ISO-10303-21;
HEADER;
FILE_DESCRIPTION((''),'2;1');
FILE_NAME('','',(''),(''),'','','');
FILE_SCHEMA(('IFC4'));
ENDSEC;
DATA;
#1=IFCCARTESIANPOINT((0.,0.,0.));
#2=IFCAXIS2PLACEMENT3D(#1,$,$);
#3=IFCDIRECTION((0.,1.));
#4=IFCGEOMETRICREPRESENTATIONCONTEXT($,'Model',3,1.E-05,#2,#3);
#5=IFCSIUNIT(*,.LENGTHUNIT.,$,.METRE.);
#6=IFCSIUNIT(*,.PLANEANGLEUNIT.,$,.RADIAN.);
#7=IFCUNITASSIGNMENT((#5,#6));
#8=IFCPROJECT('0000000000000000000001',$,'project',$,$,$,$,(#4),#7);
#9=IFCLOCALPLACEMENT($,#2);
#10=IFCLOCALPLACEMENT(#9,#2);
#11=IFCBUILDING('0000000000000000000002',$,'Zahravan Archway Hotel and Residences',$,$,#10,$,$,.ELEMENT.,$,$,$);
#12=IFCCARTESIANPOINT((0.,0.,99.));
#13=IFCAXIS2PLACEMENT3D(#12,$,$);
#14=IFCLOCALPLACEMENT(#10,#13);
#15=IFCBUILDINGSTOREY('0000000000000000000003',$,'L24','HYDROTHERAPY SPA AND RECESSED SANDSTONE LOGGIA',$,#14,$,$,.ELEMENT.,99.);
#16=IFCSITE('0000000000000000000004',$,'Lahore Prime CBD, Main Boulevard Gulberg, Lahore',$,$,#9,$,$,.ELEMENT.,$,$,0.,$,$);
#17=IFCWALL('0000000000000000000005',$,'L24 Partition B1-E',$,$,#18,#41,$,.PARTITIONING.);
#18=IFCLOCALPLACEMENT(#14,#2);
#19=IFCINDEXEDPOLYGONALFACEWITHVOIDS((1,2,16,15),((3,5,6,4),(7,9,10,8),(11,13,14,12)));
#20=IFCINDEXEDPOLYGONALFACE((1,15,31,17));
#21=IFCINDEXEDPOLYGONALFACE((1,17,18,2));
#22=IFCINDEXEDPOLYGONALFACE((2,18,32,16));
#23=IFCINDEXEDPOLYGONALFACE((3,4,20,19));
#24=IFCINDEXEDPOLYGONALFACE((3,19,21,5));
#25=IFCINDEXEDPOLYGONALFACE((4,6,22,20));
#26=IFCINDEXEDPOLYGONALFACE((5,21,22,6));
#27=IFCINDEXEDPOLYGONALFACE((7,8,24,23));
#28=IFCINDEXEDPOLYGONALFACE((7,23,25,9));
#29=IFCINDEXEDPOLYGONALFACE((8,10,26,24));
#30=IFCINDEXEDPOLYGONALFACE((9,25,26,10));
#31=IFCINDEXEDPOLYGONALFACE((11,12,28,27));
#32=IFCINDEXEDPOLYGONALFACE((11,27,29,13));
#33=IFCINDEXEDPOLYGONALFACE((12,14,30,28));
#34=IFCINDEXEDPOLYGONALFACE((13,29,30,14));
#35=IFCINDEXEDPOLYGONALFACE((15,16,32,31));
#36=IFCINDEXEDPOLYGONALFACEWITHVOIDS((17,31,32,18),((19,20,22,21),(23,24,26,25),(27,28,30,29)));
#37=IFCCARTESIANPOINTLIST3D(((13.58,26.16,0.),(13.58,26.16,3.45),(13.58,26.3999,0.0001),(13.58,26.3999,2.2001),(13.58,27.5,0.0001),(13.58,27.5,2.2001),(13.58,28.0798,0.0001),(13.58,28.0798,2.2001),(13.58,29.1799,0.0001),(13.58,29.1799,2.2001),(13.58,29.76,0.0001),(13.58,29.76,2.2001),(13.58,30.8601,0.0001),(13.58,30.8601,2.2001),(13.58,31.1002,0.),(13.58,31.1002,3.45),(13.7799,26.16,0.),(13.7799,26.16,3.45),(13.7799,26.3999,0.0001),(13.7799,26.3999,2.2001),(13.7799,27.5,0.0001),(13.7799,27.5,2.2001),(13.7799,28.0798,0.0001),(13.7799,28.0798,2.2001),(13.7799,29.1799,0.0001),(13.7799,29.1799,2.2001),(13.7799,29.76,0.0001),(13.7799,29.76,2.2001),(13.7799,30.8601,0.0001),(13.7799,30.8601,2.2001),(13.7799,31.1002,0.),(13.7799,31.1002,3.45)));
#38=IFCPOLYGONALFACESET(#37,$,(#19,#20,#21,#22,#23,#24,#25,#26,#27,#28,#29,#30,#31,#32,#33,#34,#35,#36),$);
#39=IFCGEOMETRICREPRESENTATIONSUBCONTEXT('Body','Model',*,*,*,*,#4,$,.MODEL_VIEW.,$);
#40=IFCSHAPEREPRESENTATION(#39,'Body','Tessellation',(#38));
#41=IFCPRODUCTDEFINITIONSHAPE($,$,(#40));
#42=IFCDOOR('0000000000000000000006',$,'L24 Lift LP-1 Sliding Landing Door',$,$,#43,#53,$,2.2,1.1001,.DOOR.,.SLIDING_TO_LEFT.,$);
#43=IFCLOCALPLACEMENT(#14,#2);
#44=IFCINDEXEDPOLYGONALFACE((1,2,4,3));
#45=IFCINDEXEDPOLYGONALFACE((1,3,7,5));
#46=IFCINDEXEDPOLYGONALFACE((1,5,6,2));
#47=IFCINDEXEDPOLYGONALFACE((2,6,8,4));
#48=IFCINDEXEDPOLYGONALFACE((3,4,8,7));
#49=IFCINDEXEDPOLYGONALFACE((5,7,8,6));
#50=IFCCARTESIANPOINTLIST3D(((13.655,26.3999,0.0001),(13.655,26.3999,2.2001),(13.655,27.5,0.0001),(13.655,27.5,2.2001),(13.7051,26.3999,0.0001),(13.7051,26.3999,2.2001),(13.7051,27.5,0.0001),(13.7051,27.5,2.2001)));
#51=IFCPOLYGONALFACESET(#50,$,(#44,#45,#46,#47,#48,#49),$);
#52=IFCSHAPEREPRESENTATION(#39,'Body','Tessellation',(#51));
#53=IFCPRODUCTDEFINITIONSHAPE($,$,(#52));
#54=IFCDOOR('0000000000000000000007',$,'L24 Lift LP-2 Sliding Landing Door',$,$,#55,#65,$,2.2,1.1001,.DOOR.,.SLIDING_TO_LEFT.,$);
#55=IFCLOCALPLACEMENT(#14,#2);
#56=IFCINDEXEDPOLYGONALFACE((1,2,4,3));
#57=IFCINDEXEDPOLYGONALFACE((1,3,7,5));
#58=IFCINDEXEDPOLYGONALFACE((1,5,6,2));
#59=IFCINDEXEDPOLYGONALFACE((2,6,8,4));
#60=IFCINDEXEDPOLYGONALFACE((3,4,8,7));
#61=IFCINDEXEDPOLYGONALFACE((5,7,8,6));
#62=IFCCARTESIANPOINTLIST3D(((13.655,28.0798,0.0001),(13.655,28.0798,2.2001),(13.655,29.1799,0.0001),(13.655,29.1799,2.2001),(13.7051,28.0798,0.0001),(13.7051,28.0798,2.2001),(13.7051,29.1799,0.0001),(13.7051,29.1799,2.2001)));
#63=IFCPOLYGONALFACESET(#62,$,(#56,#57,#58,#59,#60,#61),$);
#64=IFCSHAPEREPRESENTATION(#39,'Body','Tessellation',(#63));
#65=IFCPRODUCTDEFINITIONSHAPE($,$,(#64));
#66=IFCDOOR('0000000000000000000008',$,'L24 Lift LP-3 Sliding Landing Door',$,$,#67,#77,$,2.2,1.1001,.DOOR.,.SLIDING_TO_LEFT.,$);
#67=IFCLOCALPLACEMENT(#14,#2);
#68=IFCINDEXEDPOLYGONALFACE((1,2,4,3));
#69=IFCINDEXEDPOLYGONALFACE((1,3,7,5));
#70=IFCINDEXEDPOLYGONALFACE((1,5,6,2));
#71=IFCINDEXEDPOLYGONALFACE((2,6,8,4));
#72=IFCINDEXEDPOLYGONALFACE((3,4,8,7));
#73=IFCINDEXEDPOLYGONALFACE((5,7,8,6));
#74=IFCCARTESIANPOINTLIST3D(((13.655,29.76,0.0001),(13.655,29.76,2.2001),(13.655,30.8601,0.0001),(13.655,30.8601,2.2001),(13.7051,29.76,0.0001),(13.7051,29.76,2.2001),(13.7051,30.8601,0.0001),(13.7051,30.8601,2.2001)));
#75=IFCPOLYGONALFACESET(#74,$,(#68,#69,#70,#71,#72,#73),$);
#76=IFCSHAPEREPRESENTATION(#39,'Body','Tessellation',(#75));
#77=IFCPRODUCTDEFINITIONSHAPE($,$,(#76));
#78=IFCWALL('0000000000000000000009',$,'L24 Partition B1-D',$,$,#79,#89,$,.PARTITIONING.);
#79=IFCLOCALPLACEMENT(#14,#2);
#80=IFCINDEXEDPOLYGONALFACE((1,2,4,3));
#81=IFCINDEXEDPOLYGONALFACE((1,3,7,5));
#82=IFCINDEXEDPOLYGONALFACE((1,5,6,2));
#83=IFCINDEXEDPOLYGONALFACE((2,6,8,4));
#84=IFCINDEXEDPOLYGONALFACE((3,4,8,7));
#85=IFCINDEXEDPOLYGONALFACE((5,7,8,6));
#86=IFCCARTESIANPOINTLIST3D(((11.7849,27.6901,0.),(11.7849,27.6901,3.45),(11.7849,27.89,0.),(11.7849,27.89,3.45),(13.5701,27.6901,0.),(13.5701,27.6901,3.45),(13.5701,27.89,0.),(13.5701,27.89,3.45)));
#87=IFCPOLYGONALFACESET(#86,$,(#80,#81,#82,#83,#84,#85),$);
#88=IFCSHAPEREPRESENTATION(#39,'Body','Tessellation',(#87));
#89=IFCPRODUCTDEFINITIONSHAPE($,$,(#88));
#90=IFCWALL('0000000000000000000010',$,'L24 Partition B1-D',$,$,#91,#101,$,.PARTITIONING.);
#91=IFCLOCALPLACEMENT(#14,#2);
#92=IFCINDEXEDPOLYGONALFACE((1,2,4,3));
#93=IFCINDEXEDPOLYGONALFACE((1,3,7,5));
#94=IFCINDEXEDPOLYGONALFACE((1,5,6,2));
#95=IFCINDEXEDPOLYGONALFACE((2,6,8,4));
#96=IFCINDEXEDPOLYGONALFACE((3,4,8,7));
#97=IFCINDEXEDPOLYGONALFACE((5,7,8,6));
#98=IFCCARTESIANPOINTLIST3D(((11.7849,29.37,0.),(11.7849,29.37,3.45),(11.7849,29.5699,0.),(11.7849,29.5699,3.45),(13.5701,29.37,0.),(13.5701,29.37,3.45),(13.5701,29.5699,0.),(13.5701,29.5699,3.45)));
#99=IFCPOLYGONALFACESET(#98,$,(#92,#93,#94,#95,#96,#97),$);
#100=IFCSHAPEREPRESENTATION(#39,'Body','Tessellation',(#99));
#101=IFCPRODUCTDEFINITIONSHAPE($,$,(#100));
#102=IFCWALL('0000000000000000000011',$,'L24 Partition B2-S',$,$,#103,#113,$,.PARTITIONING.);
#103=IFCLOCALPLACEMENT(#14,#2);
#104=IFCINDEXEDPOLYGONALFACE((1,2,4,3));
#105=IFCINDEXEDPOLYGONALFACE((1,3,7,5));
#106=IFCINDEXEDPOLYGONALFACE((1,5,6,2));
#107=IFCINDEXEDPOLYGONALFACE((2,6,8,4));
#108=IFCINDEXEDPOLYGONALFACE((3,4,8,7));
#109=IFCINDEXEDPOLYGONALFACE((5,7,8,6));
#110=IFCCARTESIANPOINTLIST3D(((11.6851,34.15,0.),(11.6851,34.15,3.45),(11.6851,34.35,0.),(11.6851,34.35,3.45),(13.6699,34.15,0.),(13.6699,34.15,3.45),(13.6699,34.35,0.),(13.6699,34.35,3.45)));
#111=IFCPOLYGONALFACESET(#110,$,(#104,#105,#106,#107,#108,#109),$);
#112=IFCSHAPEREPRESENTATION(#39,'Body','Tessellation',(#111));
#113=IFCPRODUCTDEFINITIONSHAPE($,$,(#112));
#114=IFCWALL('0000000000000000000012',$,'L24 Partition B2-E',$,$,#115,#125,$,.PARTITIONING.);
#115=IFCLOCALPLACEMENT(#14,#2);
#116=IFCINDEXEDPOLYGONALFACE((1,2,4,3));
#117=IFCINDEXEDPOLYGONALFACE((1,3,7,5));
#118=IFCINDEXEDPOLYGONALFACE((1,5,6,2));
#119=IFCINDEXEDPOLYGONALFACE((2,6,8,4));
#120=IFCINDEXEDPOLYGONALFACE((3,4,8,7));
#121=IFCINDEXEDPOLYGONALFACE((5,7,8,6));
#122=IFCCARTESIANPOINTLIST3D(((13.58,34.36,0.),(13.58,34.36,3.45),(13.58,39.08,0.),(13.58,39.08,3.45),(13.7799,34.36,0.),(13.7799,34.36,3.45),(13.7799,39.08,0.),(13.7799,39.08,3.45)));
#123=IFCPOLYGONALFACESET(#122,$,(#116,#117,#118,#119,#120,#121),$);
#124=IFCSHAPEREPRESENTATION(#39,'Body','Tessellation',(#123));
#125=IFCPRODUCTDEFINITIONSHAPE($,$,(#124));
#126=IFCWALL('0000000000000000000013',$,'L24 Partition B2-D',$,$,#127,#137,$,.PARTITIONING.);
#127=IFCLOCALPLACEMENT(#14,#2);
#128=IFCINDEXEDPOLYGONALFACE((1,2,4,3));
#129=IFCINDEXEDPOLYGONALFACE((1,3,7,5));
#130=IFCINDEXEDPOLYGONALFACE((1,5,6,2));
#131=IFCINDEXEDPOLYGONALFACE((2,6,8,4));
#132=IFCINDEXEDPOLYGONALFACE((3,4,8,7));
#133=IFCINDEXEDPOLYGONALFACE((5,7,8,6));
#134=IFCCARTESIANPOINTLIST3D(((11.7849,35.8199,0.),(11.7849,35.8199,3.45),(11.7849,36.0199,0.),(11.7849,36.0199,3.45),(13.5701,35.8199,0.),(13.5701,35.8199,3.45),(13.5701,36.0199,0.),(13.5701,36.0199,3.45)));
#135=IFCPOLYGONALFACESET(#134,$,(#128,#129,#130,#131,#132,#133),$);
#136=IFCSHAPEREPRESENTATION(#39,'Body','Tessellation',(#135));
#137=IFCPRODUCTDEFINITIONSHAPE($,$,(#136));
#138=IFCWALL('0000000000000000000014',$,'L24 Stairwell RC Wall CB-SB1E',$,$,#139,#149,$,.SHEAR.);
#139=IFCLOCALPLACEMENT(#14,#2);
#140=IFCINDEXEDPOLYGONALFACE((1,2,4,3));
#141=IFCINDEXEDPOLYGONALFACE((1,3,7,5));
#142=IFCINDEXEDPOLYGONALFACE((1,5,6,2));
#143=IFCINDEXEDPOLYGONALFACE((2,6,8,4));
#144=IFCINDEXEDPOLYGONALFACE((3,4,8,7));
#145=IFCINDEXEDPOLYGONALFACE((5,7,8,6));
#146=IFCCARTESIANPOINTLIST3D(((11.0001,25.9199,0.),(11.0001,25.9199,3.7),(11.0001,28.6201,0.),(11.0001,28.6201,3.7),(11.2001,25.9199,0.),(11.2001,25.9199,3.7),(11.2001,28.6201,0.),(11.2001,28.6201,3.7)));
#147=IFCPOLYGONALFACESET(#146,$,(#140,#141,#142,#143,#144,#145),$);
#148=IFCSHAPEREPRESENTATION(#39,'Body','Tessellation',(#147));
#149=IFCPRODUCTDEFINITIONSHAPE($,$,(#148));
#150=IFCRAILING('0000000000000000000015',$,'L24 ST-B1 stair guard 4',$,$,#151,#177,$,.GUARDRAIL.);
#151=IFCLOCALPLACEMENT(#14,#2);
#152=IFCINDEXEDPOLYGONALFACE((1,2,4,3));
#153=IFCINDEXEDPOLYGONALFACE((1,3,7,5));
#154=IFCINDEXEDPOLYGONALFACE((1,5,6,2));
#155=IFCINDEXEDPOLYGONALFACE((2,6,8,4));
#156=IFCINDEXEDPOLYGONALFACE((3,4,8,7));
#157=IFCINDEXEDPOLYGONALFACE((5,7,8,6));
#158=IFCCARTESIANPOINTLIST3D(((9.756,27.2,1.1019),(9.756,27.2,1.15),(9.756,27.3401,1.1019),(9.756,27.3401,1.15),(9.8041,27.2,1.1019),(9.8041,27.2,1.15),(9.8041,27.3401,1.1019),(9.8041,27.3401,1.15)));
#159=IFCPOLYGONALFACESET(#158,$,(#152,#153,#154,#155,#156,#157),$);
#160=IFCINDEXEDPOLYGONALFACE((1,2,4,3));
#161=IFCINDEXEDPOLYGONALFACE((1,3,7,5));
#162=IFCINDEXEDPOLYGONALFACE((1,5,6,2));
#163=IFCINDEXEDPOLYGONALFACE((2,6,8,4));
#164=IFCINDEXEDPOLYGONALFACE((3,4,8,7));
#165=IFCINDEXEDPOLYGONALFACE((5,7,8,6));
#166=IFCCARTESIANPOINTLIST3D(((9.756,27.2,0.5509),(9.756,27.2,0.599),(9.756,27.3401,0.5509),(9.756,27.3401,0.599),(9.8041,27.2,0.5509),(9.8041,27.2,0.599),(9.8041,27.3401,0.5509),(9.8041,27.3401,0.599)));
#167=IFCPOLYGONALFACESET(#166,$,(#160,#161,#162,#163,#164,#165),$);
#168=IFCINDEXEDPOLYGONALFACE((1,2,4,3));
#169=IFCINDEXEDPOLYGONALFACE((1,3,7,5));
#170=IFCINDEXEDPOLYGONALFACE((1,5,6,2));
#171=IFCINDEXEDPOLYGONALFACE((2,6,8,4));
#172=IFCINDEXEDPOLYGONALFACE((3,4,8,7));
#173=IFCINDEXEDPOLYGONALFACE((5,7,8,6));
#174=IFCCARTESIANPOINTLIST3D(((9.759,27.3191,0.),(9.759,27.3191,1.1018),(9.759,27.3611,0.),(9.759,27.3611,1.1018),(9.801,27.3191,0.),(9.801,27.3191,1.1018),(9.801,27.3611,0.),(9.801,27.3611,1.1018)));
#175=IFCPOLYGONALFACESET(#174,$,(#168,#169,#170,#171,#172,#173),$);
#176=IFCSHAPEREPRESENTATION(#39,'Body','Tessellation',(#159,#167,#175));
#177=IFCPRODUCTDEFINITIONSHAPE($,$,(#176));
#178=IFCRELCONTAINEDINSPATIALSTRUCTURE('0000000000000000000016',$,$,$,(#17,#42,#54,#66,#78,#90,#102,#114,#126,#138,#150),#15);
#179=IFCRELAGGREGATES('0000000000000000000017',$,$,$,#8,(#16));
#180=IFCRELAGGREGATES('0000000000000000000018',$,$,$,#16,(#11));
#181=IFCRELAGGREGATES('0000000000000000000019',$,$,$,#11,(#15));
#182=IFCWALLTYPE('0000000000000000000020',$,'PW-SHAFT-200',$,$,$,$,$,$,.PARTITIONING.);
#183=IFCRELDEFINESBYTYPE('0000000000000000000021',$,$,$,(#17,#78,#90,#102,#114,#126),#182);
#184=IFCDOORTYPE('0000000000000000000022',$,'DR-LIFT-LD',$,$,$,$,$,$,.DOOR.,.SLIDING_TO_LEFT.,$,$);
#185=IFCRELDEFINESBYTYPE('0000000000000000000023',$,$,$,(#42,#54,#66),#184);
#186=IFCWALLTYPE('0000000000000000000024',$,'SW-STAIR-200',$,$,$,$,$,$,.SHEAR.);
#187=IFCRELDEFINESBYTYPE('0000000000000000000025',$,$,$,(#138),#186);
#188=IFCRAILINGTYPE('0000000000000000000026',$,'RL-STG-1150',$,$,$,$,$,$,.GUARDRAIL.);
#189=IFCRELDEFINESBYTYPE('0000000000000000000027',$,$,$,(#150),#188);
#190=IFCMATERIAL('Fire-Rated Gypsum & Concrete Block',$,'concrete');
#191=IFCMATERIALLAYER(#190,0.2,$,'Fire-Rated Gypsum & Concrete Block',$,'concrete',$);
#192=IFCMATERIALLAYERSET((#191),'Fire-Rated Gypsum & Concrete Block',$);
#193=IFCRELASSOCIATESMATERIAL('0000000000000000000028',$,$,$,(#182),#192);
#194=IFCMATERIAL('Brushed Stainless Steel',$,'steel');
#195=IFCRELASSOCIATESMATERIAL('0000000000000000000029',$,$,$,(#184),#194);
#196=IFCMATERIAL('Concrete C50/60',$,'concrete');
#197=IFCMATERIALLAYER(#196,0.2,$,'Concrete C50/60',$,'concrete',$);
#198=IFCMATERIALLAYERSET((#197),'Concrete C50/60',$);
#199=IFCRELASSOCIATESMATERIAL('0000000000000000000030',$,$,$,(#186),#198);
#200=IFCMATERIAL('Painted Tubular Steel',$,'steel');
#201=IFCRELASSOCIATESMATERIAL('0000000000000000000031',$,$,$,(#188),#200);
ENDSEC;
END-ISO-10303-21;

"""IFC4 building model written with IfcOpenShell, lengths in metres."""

from ifc_helpers import new_model, si_unit, direction, frame, frame_2d, origin, origin_2d, place, context, subcontext, project, spatial, rectangle, extrude, source, transform, mapped, material, layer, layer_set, type_object, type_shapes, element, fill, save


model = new_model("IFC4")

# Units and contexts
model_context = context("Model", 3, precision=1e-05, world=origin(), true_north=direction((0.0, 1.0)))
body_context = subcontext(model_context, "Body", "Model", "MODEL_VIEW")
ifc_project = project(units=[si_unit("LENGTHUNIT", "METRE"), si_unit("PLANEANGLEUNIT", "RADIAN")], contexts=[model_context])

# Site, building, storey
site_placement = place(None, origin())
site = spatial("IfcSite", under=ifc_project, at=site_placement, Name="Lahore Prime CBD, Main Boulevard Gulberg, Lahore", CompositionType="ELEMENT", RefElevation=0.0)
building_placement = place(site_placement, origin())
building = spatial("IfcBuilding", under=site, at=building_placement, Name="Zahravan Archway Hotel and Residences", CompositionType="ELEMENT")
storey_placement = place(building_placement, frame((0.0, 0.0, 99.0)))
storey = spatial("IfcBuildingStorey", under=building, at=storey_placement, Name="L24", Description="HYDROTHERAPY SPA AND RECESSED SANDSTONE LOGGIA", CompositionType="ELEMENT", Elevation=99.0)

# Shared definitions
ifc_material_1 = material(Name="Fire-Rated Gypsum & Concrete Block", Category="concrete")
ifc_layer_1 = layer(ifc_material_1, 0.2, Name="Fire-Rated Gypsum & Concrete Block", Category="concrete")
ifc_layer_set_1 = layer_set([ifc_layer_1], Name="Fire-Rated Gypsum & Concrete Block")
wall_type_1 = type_object("IfcWallType", Name="PW-SHAFT-200", PredefinedType="PARTITIONING", material=ifc_layer_set_1)

# Wall, openings, doors
wall_1_placement = place(storey_placement, frame((13.6799, 26.1599, 0.0), z_axis=(0.0, 0.0, 1.0), x_axis=(0.0, 1.0, 0.0)))
wall_1 = element("IfcWall", 1, at=wall_1_placement, inside=storey, type_object=wall_type_1, Name="L24 Partition B1-E", PredefinedType="PARTITIONING", context=body_context, shape_type="SweptSolid", body=[
    extrude(rectangle(XDim=4.9402, YDim=0.2, at=frame_2d((2.4702, 0.0))), origin(), (0.0, 0.0, 1.0), 3.45),
])
opening_1_placement = place(wall_1_placement, frame((0.24, 0.0, 0.0)))
opening_1 = element("IfcOpeningElement", 2, at=opening_1_placement, cuts=wall_1, PredefinedType="OPENING", context=body_context, shape_type="SweptSolid", body=[
    extrude(rectangle(XDim=1.1001, YDim=2.2, at=frame_2d((0.55, 1.1001))), frame((0.0, 0.1099, 0.0), z_axis=(0.0, -1.0, 0.0), x_axis=(1.0, 0.0, 0.0)), (0.0, 0.0, 1.0), 0.22),
])
opening_2_placement = place(wall_1_placement, frame((1.9199, 0.0, 0.0)))
opening_2 = element("IfcOpeningElement", 3, at=opening_2_placement, cuts=wall_1, PredefinedType="OPENING", context=body_context, shape_type="SweptSolid", body=[
    extrude(rectangle(XDim=1.1001, YDim=2.2, at=frame_2d((0.55, 1.1001))), frame((0.0, 0.1099, 0.0), z_axis=(0.0, -1.0, 0.0), x_axis=(1.0, 0.0, 0.0)), (0.0, 0.0, 1.0), 0.22),
])
opening_3_placement = place(wall_1_placement, frame((3.6001, 0.0, 0.0)))
opening_3 = element("IfcOpeningElement", 4, at=opening_3_placement, cuts=wall_1, PredefinedType="OPENING", context=body_context, shape_type="SweptSolid", body=[
    extrude(rectangle(XDim=1.1001, YDim=2.2, at=frame_2d((0.55, 1.1001))), frame((0.0, 0.1099, 0.0), z_axis=(0.0, -1.0, 0.0), x_axis=(1.0, 0.0, 0.0)), (0.0, 0.0, 1.0), 0.22),
])
ifc_material_2 = material(Name="Brushed Stainless Steel", Category="steel")
door_type_1 = type_object("IfcDoorType", Name="DR-LIFT-LD", OperationType="SLIDING_TO_LEFT", PredefinedType="DOOR", material=ifc_material_2)
shared_shape_1 = source(origin(), body_context, "Body", "SweptSolid", [
    extrude(rectangle(XDim=1.1001, YDim=2.2, at=frame_2d((0.55, 1.1001))), frame((0.0, 0.0249, 0.0), z_axis=(0.0, -1.0, 0.0), x_axis=(1.0, 0.0, 0.0)), (0.0, 0.0, 1.0), 0.05),
])
type_shapes(door_type_1, [shared_shape_1])
door_1_placement = place(opening_1_placement, origin())
door_1 = element("IfcDoor", 5, at=door_1_placement, inside=storey, type_object=door_type_1, Name="L24 Lift LP-1 Sliding Landing Door", OperationType="SLIDING_TO_LEFT", OverallHeight=2.2, OverallWidth=1.1001, PredefinedType="DOOR", context=body_context, shape_type="MappedRepresentation", body=[
    mapped(shared_shape_1, transform((0.0, 0.0, 0.0), scale=1.0)),
])
fill(opening_1, door_1)
door_2_placement = place(opening_2_placement, origin())
door_2 = element("IfcDoor", 6, at=door_2_placement, inside=storey, type_object=door_type_1, Name="L24 Lift LP-2 Sliding Landing Door", OperationType="SLIDING_TO_LEFT", OverallHeight=2.2, OverallWidth=1.1001, PredefinedType="DOOR", context=body_context, shape_type="MappedRepresentation", body=[
    mapped(shared_shape_1, transform((0.0, 0.0, 0.0), scale=1.0)),
])
fill(opening_2, door_2)
door_3_placement = place(opening_3_placement, origin())
door_3 = element("IfcDoor", 7, at=door_3_placement, inside=storey, type_object=door_type_1, Name="L24 Lift LP-3 Sliding Landing Door", OperationType="SLIDING_TO_LEFT", OverallHeight=2.2, OverallWidth=1.1001, PredefinedType="DOOR", context=body_context, shape_type="MappedRepresentation", body=[
    mapped(shared_shape_1, transform((0.0, 0.0, 0.0), scale=1.0)),
])
fill(opening_3, door_3)

# Walls
for number, where, z_axis, x_axis, name in (
    (8, (11.7849, 27.79, 0.0), (0.0, 0.0, 1.0), (1.0, 0.0, 0.0), "L24 Partition B1-D"),
    (9, (11.7849, 29.47, 0.0), (0.0, 0.0, 1.0), (1.0, 0.0, 0.0), "L24 Partition B1-D"),
):
    element("IfcWall", number, at=place(storey_placement, frame(where, z_axis=z_axis, x_axis=x_axis)), inside=storey, type_object=wall_type_1, Name=name, PredefinedType="PARTITIONING", context=body_context, shape_type="SweptSolid", body=[
        extrude(rectangle(XDim=1.7852, YDim=0.2, at=frame_2d((0.8926, 0.0))), origin(), (0.0, 0.0, 1.0), 3.45),
    ])
wall_2_placement = place(storey_placement, frame((11.6851, 34.25, 0.0), z_axis=(0.0, 0.0, 1.0), x_axis=(1.0, 0.0, 0.0)))
element("IfcWall", 10, at=wall_2_placement, inside=storey, type_object=wall_type_1, Name="L24 Partition B2-S", PredefinedType="PARTITIONING", context=body_context, shape_type="SweptSolid", body=[
    extrude(rectangle(XDim=1.9849, YDim=0.2, at=frame_2d((0.9924, 0.0))), origin(), (0.0, 0.0, 1.0), 3.45),
])
wall_3_placement = place(storey_placement, frame((13.6799, 34.3601, 0.0), z_axis=(0.0, 0.0, 1.0), x_axis=(0.0, 1.0, 0.0)))
element("IfcWall", 11, at=wall_3_placement, inside=storey, type_object=wall_type_1, Name="L24 Partition B2-E", PredefinedType="PARTITIONING", context=body_context, shape_type="SweptSolid", body=[
    extrude(rectangle(XDim=4.72, YDim=0.2, at=frame_2d((2.3599, 0.0))), origin(), (0.0, 0.0, 1.0), 3.45),
])
wall_4_placement = place(storey_placement, frame((11.7849, 35.9199, 0.0), z_axis=(0.0, 0.0, 1.0), x_axis=(1.0, 0.0, 0.0)))
element("IfcWall", 12, at=wall_4_placement, inside=storey, type_object=wall_type_1, Name="L24 Partition B2-D", PredefinedType="PARTITIONING", context=body_context, shape_type="SweptSolid", body=[
    extrude(rectangle(XDim=1.7852, YDim=0.2, at=frame_2d((0.8926, 0.0))), origin(), (0.0, 0.0, 1.0), 3.45),
])
ifc_material_3 = material(Name="Concrete C50/60", Category="concrete")
ifc_layer_2 = layer(ifc_material_3, 0.2, Name="Concrete C50/60", Category="concrete")
ifc_layer_set_2 = layer_set([ifc_layer_2], Name="Concrete C50/60")
wall_type_2 = type_object("IfcWallType", Name="SW-STAIR-200", PredefinedType="SHEAR", material=ifc_layer_set_2)
wall_5_placement = place(storey_placement, frame((11.1001, 25.9199, 0.0), z_axis=(0.0, 0.0, 1.0), x_axis=(0.0, 1.0, 0.0)))
element("IfcWall", 13, at=wall_5_placement, inside=storey, type_object=wall_type_2, Name="L24 Stairwell RC Wall CB-SB1E", PredefinedType="SHEAR", context=body_context, shape_type="SweptSolid", body=[
    extrude(rectangle(XDim=2.7002, YDim=0.2, at=frame_2d((1.3501, 0.0))), origin(), (0.0, 0.0, 1.0), 3.7),
])

# Railing
ifc_material_4 = material(Name="Painted Tubular Steel", Category="steel")
railing_type_1 = type_object("IfcRailingType", Name="RL-STG-1150", PredefinedType="GUARDRAIL", material=ifc_material_4)
railing_1_placement = place(storey_placement, frame((9.78, 27.3401, 0.0)))
element("IfcRailing", 14, at=railing_1_placement, inside=storey, type_object=railing_type_1, Name="L24 ST-B1 stair guard 4", PredefinedType="GUARDRAIL", context=body_context, shape_type="SweptSolid", body=[
    extrude(rectangle(XDim=0.0481, YDim=0.0481, at=origin_2d()), frame((0.0, 0.0, 1.126), z_axis=(0.0, -1.0, 0.0), x_axis=(1.0, 0.0, 0.0)), (0.0, 0.0, 1.0), 0.1401),
    extrude(rectangle(XDim=0.0481, YDim=0.0481, at=origin_2d()), frame((0.0, 0.0, 0.575), z_axis=(0.0, -1.0, 0.0), x_axis=(1.0, 0.0, 0.0)), (0.0, 0.0, 1.0), 0.1401),
    extrude(rectangle(XDim=0.042, YDim=0.042, at=origin_2d()), origin(), (0.0, 0.0, 1.0), 1.1018),
])

save(model, "model.ifc")
